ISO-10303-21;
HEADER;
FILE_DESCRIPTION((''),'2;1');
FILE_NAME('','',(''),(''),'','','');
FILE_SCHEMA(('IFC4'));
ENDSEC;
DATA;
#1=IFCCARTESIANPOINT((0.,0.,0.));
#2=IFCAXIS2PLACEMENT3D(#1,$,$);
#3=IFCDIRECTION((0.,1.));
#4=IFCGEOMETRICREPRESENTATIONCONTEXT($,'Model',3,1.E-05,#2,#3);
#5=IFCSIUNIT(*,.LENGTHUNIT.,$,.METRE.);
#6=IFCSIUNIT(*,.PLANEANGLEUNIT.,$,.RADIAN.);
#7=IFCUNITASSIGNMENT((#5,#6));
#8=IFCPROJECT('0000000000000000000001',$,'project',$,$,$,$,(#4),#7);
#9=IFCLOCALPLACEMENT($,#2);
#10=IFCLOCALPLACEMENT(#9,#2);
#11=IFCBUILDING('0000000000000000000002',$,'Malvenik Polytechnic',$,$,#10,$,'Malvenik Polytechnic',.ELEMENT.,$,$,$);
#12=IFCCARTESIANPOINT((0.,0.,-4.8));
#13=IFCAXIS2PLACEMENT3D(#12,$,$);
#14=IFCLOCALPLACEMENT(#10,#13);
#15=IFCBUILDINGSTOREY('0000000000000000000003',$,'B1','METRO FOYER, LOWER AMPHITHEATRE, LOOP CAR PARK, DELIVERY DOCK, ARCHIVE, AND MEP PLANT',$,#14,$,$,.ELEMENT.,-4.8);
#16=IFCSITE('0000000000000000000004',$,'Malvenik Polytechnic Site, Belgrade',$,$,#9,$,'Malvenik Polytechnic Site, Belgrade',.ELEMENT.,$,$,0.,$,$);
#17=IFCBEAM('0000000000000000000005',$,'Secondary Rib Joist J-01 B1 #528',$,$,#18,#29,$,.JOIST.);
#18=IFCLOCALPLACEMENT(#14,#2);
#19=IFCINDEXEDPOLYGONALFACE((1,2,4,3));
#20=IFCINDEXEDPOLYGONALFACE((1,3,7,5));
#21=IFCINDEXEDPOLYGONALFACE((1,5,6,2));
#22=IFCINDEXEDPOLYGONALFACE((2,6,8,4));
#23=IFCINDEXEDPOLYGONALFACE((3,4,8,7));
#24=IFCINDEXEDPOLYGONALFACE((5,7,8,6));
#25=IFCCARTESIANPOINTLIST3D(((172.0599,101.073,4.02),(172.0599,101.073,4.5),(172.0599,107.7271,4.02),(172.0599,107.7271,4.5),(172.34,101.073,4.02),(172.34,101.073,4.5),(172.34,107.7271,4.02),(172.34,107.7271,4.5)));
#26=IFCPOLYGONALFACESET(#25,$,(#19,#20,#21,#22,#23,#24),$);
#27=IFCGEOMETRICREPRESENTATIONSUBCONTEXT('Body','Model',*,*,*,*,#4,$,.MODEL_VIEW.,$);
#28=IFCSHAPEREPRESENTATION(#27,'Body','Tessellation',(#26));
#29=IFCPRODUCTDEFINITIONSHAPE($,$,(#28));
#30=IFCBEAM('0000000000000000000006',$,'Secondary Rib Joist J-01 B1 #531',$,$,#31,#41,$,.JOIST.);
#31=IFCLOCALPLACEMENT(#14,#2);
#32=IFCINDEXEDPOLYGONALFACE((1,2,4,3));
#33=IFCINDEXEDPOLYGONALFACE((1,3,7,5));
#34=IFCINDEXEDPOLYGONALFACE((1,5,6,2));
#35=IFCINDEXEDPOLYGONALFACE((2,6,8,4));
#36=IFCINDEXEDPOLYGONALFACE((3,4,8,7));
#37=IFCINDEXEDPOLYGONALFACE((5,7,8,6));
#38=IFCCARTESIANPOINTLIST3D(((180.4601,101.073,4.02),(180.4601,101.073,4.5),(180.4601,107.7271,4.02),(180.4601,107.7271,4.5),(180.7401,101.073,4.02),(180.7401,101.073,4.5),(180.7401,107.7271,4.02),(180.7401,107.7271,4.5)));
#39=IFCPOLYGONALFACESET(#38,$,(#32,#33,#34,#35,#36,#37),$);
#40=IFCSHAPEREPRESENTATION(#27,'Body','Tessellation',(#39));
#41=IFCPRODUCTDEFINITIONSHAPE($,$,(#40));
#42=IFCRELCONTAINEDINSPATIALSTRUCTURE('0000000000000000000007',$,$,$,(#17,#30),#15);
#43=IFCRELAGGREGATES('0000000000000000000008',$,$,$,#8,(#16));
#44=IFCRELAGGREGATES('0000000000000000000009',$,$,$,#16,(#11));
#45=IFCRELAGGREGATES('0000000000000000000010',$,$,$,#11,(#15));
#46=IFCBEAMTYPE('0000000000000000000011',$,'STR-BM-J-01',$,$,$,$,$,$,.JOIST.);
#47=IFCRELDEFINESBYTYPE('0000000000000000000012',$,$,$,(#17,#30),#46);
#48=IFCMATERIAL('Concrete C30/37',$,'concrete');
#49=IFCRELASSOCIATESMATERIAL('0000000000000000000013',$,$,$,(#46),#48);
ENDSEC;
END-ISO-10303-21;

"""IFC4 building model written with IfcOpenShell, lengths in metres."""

from ifc_helpers import new_model, si_unit, direction, frame, origin, origin_2d, place, context, subcontext, project, spatial, rectangle, extrude, material, material_profile, profile_set, type_object, element, save


model = new_model("IFC4")

# Units and contexts
model_context = context("Model", 3, precision=1e-05, world=origin(), true_north=direction((0.0, 1.0)))
body_context = subcontext(model_context, "Body", "Model", "MODEL_VIEW")
ifc_project = project(units=[si_unit("LENGTHUNIT", "METRE"), si_unit("PLANEANGLEUNIT", "RADIAN")], contexts=[model_context])

# Site, building, storey
site_placement = place(None, origin())
site = spatial("IfcSite", under=ifc_project, at=site_placement, Name="Malvenik Polytechnic Site, Belgrade", LongName="Malvenik Polytechnic Site, Belgrade", CompositionType="ELEMENT", RefElevation=0.0)
building_placement = place(site_placement, origin())
building = spatial("IfcBuilding", under=site, at=building_placement, Name="Malvenik Polytechnic", LongName="Malvenik Polytechnic", CompositionType="ELEMENT")
storey_placement = place(building_placement, frame((0.0, 0.0, -4.8)))
storey = spatial("IfcBuildingStorey", under=building, at=storey_placement, Name="B1", Description="METRO FOYER, LOWER AMPHITHEATRE, LOOP CAR PARK, DELIVERY DOCK, ARCHIVE, AND MEP PLANT", CompositionType="ELEMENT", Elevation=-4.8)

# Beams
ifc_material_1 = material(Name="Concrete C30/37", Category="concrete")
ifc_material_profile_1 = material_profile(ifc_material_1, rectangle(XDim=0.28, YDim=0.48, at=origin_2d()), Name="RC JST 280x480")
ifc_profile_set_1 = profile_set([ifc_material_profile_1], Name="Concrete C30/37")
beam_type_1 = type_object("IfcBeamType", Name="STR-BM-J-01", PredefinedType="JOIST", material=ifc_profile_set_1)
for number, where, z_axis, x_axis, name in (
    (1, (172.2, 101.073, 4.26), (0.0, 1.0, 0.0), (-1.0, 0.0, 0.0), "Secondary Rib Joist J-01 B1 #528"),
    (2, (180.6001, 101.073, 4.26), (0.0, 1.0, 0.0), (-1.0, 0.0, 0.0), "Secondary Rib Joist J-01 B1 #531"),
):
    element("IfcBeam", number, at=place(storey_placement, frame(where, z_axis=z_axis, x_axis=x_axis)), inside=storey, type_object=beam_type_1, Name=name, PredefinedType="JOIST", context=body_context, shape_type="SweptSolid", body=[
        extrude(rectangle(XDim=0.28, YDim=0.48, at=origin_2d()), origin(), (0.0, 0.0, 1.0), 6.6541),
    ])

save(model, "model.ifc")
